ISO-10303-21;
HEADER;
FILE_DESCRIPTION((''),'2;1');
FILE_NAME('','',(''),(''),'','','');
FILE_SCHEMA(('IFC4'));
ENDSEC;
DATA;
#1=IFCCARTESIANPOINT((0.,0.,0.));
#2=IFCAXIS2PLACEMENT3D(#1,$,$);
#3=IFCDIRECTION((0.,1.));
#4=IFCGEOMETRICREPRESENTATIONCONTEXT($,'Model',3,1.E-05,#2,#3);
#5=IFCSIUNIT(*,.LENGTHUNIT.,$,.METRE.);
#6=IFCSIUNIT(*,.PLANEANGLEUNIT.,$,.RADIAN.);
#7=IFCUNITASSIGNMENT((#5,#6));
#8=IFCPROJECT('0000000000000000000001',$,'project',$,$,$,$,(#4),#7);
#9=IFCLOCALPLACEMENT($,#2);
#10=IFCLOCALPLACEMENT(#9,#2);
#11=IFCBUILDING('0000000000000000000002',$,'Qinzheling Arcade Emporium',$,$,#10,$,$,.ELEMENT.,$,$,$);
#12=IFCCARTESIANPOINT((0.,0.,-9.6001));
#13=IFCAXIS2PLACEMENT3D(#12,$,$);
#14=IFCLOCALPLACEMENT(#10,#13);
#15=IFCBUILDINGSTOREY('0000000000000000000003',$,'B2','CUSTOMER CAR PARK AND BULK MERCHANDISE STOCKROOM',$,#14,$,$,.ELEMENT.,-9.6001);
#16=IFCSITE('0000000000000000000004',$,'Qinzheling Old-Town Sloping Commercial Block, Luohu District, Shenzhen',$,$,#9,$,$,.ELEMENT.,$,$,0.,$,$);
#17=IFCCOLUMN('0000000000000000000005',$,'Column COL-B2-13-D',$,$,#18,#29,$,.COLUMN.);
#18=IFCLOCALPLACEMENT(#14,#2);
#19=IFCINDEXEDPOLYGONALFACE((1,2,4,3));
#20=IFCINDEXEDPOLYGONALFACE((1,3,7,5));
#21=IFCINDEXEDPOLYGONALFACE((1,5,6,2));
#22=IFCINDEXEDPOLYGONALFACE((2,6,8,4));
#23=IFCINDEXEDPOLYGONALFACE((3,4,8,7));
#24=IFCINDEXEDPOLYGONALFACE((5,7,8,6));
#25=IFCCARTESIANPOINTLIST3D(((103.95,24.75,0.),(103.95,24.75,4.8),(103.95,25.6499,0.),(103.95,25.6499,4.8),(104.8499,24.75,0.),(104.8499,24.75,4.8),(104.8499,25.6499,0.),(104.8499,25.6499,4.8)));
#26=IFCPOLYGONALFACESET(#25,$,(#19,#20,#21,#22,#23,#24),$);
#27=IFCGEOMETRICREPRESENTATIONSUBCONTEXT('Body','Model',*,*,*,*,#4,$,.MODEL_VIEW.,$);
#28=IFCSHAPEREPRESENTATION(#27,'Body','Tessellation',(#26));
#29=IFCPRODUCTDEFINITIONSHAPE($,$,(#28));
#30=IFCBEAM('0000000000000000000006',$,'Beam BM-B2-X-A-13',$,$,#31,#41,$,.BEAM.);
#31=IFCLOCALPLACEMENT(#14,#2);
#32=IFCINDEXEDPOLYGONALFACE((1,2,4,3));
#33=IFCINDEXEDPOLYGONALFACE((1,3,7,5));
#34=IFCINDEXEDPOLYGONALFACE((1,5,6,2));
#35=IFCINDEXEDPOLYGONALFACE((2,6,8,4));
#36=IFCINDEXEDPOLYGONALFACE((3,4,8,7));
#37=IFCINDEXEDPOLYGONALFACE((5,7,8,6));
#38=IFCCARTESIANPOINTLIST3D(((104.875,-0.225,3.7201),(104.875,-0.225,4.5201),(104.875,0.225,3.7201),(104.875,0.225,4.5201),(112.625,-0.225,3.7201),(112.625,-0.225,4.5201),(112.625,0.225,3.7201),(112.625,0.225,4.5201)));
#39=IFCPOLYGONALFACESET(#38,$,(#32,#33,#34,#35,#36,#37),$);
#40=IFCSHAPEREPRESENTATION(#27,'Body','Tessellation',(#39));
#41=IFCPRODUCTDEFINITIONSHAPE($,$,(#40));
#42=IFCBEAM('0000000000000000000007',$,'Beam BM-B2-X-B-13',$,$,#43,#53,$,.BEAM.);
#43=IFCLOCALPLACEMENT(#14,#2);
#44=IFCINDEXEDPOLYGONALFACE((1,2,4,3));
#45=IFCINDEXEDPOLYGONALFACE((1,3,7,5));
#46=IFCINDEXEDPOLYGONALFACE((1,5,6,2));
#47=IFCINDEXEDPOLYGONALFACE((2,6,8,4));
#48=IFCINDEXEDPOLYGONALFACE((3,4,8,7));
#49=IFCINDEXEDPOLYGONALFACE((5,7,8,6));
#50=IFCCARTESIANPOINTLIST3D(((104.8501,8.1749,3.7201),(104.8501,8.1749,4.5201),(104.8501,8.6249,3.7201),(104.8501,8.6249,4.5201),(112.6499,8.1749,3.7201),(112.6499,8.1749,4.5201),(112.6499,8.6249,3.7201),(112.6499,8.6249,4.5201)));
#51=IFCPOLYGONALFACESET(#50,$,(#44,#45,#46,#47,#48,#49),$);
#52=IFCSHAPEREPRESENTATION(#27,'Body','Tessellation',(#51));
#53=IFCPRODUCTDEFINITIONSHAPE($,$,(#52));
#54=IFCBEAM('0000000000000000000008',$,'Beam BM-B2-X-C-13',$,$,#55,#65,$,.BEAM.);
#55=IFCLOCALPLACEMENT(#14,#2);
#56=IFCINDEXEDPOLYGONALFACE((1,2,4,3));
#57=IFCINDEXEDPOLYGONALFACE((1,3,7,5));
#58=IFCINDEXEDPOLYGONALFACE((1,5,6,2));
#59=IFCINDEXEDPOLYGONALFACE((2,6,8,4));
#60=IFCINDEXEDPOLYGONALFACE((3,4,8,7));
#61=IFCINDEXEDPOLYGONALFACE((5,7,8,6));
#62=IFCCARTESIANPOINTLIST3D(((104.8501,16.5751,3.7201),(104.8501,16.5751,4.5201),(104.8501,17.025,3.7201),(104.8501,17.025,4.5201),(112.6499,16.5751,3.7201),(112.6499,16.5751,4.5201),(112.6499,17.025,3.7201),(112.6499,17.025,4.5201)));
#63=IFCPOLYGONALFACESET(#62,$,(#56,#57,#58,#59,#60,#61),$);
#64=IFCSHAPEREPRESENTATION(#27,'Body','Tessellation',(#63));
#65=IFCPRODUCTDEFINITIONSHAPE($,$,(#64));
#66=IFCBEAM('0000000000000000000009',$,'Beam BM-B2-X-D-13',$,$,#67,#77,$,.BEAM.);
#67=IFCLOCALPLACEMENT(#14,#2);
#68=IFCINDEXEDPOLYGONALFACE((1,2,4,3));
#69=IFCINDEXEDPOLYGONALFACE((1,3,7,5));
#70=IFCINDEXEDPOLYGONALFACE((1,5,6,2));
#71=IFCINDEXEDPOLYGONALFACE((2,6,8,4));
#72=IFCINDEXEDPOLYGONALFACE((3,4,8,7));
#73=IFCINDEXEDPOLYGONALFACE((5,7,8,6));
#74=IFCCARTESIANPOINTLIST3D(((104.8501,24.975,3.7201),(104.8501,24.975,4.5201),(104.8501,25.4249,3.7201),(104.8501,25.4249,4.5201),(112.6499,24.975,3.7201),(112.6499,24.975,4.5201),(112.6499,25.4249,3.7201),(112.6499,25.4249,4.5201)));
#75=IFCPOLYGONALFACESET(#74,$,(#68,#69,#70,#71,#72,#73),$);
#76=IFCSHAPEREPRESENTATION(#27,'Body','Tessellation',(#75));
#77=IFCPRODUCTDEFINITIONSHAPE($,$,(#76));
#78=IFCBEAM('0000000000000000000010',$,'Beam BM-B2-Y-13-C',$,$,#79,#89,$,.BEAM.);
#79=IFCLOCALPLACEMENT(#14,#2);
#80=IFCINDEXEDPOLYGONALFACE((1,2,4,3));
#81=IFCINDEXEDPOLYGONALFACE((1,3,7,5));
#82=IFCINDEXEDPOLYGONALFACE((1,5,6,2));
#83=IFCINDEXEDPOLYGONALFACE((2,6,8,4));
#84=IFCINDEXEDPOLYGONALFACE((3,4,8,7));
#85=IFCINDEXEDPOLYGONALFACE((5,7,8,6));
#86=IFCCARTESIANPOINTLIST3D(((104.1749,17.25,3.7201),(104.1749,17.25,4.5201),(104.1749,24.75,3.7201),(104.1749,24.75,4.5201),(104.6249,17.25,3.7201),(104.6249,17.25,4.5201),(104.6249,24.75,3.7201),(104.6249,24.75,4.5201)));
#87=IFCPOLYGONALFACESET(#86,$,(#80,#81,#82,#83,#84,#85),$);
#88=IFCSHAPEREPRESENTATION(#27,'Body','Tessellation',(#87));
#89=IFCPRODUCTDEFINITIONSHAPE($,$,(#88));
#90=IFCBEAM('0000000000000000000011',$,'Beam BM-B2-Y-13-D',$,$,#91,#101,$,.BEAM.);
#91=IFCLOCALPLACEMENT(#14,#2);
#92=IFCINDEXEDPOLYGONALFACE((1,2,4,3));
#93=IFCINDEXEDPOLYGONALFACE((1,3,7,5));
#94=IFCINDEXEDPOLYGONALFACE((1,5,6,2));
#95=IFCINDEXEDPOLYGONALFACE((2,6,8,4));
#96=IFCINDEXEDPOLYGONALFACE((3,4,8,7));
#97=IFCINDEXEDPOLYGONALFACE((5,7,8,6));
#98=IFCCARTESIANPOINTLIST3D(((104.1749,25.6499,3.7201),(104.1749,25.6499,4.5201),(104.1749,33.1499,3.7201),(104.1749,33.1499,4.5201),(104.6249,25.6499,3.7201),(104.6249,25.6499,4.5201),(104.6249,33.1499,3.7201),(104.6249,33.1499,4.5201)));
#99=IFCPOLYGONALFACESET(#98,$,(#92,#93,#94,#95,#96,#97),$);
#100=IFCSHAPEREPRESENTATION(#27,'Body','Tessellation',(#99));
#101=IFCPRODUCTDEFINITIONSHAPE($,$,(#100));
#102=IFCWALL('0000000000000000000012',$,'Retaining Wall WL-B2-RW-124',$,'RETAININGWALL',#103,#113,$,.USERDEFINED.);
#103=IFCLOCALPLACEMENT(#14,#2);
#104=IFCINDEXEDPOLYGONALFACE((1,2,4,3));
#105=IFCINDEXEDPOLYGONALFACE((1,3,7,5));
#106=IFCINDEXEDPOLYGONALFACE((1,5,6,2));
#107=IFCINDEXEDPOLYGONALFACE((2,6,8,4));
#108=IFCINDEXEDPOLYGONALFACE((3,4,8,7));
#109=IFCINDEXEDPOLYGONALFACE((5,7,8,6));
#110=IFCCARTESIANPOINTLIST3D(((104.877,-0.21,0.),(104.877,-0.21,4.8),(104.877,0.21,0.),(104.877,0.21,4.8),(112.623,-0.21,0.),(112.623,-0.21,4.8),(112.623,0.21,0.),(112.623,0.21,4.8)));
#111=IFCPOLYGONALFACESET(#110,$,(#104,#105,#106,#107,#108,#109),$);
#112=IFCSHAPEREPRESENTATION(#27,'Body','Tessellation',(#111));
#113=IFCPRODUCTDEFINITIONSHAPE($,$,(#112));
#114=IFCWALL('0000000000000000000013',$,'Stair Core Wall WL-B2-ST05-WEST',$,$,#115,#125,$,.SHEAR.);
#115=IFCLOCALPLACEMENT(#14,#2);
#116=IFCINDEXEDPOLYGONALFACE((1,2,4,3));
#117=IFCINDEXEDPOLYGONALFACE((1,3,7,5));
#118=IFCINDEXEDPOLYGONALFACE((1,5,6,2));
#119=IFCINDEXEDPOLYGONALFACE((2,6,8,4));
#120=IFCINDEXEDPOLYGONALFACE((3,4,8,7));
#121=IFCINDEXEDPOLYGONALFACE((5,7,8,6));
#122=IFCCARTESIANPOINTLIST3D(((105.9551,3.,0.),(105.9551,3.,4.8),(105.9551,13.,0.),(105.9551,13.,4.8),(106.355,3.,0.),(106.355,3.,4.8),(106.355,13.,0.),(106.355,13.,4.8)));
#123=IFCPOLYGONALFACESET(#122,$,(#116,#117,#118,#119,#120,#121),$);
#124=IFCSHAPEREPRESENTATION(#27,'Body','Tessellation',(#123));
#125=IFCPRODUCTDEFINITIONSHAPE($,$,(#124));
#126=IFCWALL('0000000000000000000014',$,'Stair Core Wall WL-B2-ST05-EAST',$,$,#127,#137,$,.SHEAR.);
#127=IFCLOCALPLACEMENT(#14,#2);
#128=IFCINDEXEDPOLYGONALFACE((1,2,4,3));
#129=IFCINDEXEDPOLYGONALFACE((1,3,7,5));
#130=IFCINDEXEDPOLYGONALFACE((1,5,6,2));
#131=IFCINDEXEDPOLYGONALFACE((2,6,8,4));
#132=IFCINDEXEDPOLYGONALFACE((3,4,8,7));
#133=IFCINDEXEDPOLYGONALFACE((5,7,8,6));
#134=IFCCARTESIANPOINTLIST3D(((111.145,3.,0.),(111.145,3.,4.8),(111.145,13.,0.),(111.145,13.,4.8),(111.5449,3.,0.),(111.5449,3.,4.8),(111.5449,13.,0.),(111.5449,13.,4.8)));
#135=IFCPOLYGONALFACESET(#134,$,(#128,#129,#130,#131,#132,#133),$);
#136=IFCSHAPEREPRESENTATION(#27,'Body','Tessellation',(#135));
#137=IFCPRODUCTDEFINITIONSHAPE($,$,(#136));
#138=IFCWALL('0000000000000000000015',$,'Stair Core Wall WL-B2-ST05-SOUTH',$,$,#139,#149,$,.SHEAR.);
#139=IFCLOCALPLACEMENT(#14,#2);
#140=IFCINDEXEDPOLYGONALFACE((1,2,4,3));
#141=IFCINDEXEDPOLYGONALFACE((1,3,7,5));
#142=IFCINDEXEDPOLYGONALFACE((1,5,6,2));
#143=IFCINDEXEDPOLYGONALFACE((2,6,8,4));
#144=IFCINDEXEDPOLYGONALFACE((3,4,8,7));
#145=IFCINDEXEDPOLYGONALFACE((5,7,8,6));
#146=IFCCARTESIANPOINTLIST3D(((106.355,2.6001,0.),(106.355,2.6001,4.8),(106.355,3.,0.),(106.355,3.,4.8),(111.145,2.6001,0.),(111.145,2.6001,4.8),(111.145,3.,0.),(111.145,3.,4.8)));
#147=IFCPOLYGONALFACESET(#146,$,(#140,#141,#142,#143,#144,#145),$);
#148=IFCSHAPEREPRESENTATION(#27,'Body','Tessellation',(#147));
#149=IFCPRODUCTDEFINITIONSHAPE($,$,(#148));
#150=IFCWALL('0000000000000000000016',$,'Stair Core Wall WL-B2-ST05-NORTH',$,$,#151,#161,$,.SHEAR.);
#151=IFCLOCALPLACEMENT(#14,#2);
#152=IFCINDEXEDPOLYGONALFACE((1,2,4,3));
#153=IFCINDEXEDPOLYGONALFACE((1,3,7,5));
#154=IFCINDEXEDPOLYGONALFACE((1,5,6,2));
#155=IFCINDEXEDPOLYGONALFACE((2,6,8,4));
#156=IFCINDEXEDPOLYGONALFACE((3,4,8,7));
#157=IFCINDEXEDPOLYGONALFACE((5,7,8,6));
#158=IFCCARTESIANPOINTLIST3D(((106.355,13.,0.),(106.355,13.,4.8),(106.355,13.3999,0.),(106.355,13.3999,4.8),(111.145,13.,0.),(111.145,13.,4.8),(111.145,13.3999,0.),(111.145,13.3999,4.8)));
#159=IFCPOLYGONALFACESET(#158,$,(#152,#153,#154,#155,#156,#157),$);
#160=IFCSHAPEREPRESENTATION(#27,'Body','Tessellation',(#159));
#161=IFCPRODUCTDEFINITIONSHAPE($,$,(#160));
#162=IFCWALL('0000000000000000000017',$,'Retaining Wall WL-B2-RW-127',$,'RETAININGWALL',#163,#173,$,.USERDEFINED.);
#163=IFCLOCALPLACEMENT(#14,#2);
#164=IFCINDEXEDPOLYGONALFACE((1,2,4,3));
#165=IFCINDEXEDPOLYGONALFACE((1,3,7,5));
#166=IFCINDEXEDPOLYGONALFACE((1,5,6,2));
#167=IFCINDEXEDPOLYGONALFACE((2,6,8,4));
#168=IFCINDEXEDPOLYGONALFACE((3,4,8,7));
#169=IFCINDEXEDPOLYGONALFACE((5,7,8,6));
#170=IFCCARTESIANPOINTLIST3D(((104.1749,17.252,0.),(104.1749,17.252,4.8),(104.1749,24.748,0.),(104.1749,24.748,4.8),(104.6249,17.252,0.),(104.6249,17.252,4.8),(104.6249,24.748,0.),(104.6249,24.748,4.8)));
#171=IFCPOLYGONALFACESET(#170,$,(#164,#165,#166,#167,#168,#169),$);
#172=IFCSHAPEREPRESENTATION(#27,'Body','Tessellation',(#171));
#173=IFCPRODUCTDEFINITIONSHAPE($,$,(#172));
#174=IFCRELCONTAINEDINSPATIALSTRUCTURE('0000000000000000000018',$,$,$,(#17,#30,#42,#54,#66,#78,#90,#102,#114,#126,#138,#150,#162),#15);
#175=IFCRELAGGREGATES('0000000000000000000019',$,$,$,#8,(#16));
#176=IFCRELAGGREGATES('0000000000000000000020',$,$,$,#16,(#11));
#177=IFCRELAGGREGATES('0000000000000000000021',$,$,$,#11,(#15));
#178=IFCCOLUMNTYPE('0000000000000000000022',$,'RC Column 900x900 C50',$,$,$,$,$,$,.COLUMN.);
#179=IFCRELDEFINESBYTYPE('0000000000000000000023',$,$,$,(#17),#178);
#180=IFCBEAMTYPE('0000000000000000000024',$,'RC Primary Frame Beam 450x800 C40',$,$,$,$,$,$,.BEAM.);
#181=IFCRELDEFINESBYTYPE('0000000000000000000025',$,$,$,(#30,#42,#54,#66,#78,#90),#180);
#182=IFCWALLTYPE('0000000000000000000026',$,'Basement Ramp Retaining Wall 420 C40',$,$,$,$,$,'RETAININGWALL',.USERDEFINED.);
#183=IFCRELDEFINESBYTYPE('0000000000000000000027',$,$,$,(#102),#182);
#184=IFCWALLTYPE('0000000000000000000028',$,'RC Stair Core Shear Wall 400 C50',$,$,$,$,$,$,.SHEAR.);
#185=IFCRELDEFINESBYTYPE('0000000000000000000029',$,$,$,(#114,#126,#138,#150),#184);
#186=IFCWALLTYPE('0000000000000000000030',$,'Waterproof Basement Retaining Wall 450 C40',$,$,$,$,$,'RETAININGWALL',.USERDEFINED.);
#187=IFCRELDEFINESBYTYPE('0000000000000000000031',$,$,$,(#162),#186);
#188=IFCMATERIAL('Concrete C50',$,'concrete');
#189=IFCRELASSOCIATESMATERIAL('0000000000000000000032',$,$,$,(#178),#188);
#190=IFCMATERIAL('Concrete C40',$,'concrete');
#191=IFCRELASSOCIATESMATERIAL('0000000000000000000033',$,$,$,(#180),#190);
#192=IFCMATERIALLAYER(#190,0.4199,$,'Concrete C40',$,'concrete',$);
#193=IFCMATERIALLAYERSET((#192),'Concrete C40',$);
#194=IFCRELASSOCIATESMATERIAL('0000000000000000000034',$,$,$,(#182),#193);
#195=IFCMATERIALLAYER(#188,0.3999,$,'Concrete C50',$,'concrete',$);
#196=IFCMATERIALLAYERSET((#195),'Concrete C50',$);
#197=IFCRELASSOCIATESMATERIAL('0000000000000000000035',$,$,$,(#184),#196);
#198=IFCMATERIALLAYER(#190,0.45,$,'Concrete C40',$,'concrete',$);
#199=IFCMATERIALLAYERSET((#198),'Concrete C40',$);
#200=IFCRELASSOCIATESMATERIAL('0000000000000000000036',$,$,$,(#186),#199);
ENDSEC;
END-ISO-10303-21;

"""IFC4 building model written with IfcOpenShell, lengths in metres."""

from ifc_helpers import new_model, si_unit, direction, frame, frame_2d, origin, origin_2d, place, context, subcontext, project, spatial, rectangle, extrude, material, layer, layer_set, material_profile, profile_set, type_object, element, save


model = new_model("IFC4")

# Units and contexts
model_context = context("Model", 3, precision=1e-05, world=origin(), true_north=direction((0.0, 1.0)))
body_context = subcontext(model_context, "Body", "Model", "MODEL_VIEW")
ifc_project = project(units=[si_unit("LENGTHUNIT", "METRE"), si_unit("PLANEANGLEUNIT", "RADIAN")], contexts=[model_context])

# Site, building, storey
site_placement = place(None, origin())
site = spatial("IfcSite", under=ifc_project, at=site_placement, Name="Qinzheling Old-Town Sloping Commercial Block, Luohu District, Shenzhen", CompositionType="ELEMENT", RefElevation=0.0)
building_placement = place(site_placement, origin())
building = spatial("IfcBuilding", under=site, at=building_placement, Name="Qinzheling Arcade Emporium", CompositionType="ELEMENT")
storey_placement = place(building_placement, frame((0.0, 0.0, -9.6001)))
storey = spatial("IfcBuildingStorey", under=building, at=storey_placement, Name="B2", Description="CUSTOMER CAR PARK AND BULK MERCHANDISE STOCKROOM", CompositionType="ELEMENT", Elevation=-9.6001)

# Shared definitions
ifc_material_1 = material(Name="Concrete C40", Category="concrete")

# Column
ifc_material_2 = material(Name="Concrete C50", Category="concrete")
ifc_material_profile_1 = material_profile(ifc_material_2, rectangle(XDim=0.8999, YDim=0.8999, at=origin_2d()), Name="RC 900x900", Category="concrete")
ifc_profile_set_1 = profile_set([ifc_material_profile_1], Name="Concrete C50")
column_type = type_object("IfcColumnType", Name="RC Column 900x900 C50", PredefinedType="COLUMN", material=ifc_profile_set_1)
column_placement = place(storey_placement, frame((104.3999, 25.2, 0.0), z_axis=(0.0, 0.0, 1.0), x_axis=(1.0, 0.0, 0.0)))
element("IfcColumn", 1, at=column_placement, inside=storey, type_object=column_type, Name="Column COL-B2-13-D", PredefinedType="COLUMN", context=body_context, shape_type="SweptSolid", body=[
    extrude(rectangle(XDim=0.8999, YDim=0.8999, at=origin_2d()), origin(), (0.0, 0.0, 1.0), 4.8),
])

# Beams
ifc_material_profile_2 = material_profile(ifc_material_1, rectangle(XDim=0.45, YDim=0.8, at=origin_2d()), Name="RC 450x800", Category="concrete")
ifc_profile_set_2 = profile_set([ifc_material_profile_2], Name="Concrete C40")
beam_type = type_object("IfcBeamType", Name="RC Primary Frame Beam 450x800 C40", PredefinedType="BEAM", material=ifc_profile_set_2)
beam_placement = place(storey_placement, frame((104.875, 0.0, 4.1201), z_axis=(1.0, 0.0, 0.0), x_axis=(0.0, 1.0, 0.0)))
element("IfcBeam", 2, at=beam_placement, inside=storey, type_object=beam_type, Name="Beam BM-B2-X-A-13", PredefinedType="BEAM", context=body_context, shape_type="SweptSolid", body=[
    extrude(rectangle(XDim=0.45, YDim=0.8, at=origin_2d()), origin(), (0.0, 0.0, 1.0), 7.75),
])
for number, where, z_axis, x_axis, name in (
    (3, (104.8501, 8.3999, 4.1201), (1.0, 0.0, 0.0), (0.0, 1.0, 0.0), "Beam BM-B2-X-B-13"),
    (4, (104.8501, 16.8, 4.1201), (1.0, 0.0, 0.0), (0.0, 1.0, 0.0), "Beam BM-B2-X-C-13"),
    (5, (104.8501, 25.2, 4.1201), (1.0, 0.0, 0.0), (0.0, 1.0, 0.0), "Beam BM-B2-X-D-13"),
):
    element("IfcBeam", number, at=place(storey_placement, frame(where, z_axis=z_axis, x_axis=x_axis)), inside=storey, type_object=beam_type, Name=name, PredefinedType="BEAM", context=body_context, shape_type="SweptSolid", body=[
        extrude(rectangle(XDim=0.45, YDim=0.8, at=origin_2d()), origin(), (0.0, 0.0, 1.0), 7.7998),
    ])
for number, where, z_axis, x_axis, name in (
    (6, (104.3999, 17.25, 4.1201), (0.0, 1.0, 0.0), (-1.0, 0.0, 0.0), "Beam BM-B2-Y-13-C"),
    (7, (104.3999, 25.6499, 4.1201), (0.0, 1.0, 0.0), (-1.0, 0.0, 0.0), "Beam BM-B2-Y-13-D"),
):
    element("IfcBeam", number, at=place(storey_placement, frame(where, z_axis=z_axis, x_axis=x_axis)), inside=storey, type_object=beam_type, Name=name, PredefinedType="BEAM", context=body_context, shape_type="SweptSolid", body=[
        extrude(rectangle(XDim=0.45, YDim=0.8, at=origin_2d()), origin(), (0.0, 0.0, 1.0), 7.5),
    ])

# Walls
ifc_layer_1 = layer(ifc_material_1, 0.4199, Name="Concrete C40", Category="concrete")
ifc_layer_set_1 = layer_set([ifc_layer_1], Name="Concrete C40")
wall_type_1 = type_object("IfcWallType", Name="Basement Ramp Retaining Wall 420 C40", ElementType="RETAININGWALL", PredefinedType="USERDEFINED", material=ifc_layer_set_1)
wall_1_placement = place(storey_placement, frame((112.623, 0.0, 0.0), z_axis=(0.0, 0.0, 1.0), x_axis=(-1.0, 0.0, 0.0)))
element("IfcWall", 8, at=wall_1_placement, inside=storey, type_object=wall_type_1, Name="Retaining Wall WL-B2-RW-124", ObjectType="RETAININGWALL", PredefinedType="USERDEFINED", context=body_context, shape_type="SweptSolid", body=[
    extrude(rectangle(XDim=7.7461, YDim=0.4199, at=frame_2d((3.873, 0.0))), origin(), (0.0, 0.0, 1.0), 4.8),
])
ifc_layer_2 = layer(ifc_material_2, 0.3999, Name="Concrete C50", Category="concrete")
ifc_layer_set_2 = layer_set([ifc_layer_2], Name="Concrete C50")
wall_type_2 = type_object("IfcWallType", Name="RC Stair Core Shear Wall 400 C50", PredefinedType="SHEAR", material=ifc_layer_set_2)
for number, where, z_axis, x_axis, name in (
    (9, (106.155, 3.0, 0.0), (0.0, 0.0, 1.0), (0.0, 1.0, 0.0), "Stair Core Wall WL-B2-ST05-WEST"),
    (10, (111.345, 13.0, 0.0), (0.0, 0.0, 1.0), (0.0, -1.0, 0.0), "Stair Core Wall WL-B2-ST05-EAST"),
):
    element("IfcWall", number, at=place(storey_placement, frame(where, z_axis=z_axis, x_axis=x_axis)), inside=storey, type_object=wall_type_2, Name=name, PredefinedType="SHEAR", context=body_context, shape_type="SweptSolid", body=[
        extrude(rectangle(XDim=10.0, YDim=0.3999, at=frame_2d((5.0, 0.0))), origin(), (0.0, 0.0, 1.0), 4.8),
    ])
for number, where, z_axis, x_axis, name in (
    (11, (111.145, 2.8, 0.0), (0.0, 0.0, 1.0), (-1.0, 0.0, 0.0), "Stair Core Wall WL-B2-ST05-SOUTH"),
    (12, (106.355, 13.2, 0.0), (0.0, 0.0, 1.0), (1.0, 0.0, 0.0), "Stair Core Wall WL-B2-ST05-NORTH"),
):
    element("IfcWall", number, at=place(storey_placement, frame(where, z_axis=z_axis, x_axis=x_axis)), inside=storey, type_object=wall_type_2, Name=name, PredefinedType="SHEAR", context=body_context, shape_type="SweptSolid", body=[
        extrude(rectangle(XDim=4.79, YDim=0.3999, at=frame_2d((2.395, 0.0))), origin(), (0.0, 0.0, 1.0), 4.8),
    ])
ifc_layer_3 = layer(ifc_material_1, 0.45, Name="Concrete C40", Category="concrete")
ifc_layer_set_3 = layer_set([ifc_layer_3], Name="Concrete C40")
wall_type_3 = type_object("IfcWallType", Name="Waterproof Basement Retaining Wall 450 C40", ElementType="RETAININGWALL", PredefinedType="USERDEFINED", material=ifc_layer_set_3)
wall_2_placement = place(storey_placement, frame((104.3999, 17.252, 0.0), z_axis=(0.0, 0.0, 1.0), x_axis=(0.0, 1.0, 0.0)))
element("IfcWall", 13, at=wall_2_placement, inside=storey, type_object=wall_type_3, Name="Retaining Wall WL-B2-RW-127", ObjectType="RETAININGWALL", PredefinedType="USERDEFINED", context=body_context, shape_type="SweptSolid", body=[
    extrude(rectangle(XDim=7.4961, YDim=0.45, at=frame_2d((3.748, 0.0))), origin(), (0.0, 0.0, 1.0), 4.8),
])

save(model, "model.ifc")
